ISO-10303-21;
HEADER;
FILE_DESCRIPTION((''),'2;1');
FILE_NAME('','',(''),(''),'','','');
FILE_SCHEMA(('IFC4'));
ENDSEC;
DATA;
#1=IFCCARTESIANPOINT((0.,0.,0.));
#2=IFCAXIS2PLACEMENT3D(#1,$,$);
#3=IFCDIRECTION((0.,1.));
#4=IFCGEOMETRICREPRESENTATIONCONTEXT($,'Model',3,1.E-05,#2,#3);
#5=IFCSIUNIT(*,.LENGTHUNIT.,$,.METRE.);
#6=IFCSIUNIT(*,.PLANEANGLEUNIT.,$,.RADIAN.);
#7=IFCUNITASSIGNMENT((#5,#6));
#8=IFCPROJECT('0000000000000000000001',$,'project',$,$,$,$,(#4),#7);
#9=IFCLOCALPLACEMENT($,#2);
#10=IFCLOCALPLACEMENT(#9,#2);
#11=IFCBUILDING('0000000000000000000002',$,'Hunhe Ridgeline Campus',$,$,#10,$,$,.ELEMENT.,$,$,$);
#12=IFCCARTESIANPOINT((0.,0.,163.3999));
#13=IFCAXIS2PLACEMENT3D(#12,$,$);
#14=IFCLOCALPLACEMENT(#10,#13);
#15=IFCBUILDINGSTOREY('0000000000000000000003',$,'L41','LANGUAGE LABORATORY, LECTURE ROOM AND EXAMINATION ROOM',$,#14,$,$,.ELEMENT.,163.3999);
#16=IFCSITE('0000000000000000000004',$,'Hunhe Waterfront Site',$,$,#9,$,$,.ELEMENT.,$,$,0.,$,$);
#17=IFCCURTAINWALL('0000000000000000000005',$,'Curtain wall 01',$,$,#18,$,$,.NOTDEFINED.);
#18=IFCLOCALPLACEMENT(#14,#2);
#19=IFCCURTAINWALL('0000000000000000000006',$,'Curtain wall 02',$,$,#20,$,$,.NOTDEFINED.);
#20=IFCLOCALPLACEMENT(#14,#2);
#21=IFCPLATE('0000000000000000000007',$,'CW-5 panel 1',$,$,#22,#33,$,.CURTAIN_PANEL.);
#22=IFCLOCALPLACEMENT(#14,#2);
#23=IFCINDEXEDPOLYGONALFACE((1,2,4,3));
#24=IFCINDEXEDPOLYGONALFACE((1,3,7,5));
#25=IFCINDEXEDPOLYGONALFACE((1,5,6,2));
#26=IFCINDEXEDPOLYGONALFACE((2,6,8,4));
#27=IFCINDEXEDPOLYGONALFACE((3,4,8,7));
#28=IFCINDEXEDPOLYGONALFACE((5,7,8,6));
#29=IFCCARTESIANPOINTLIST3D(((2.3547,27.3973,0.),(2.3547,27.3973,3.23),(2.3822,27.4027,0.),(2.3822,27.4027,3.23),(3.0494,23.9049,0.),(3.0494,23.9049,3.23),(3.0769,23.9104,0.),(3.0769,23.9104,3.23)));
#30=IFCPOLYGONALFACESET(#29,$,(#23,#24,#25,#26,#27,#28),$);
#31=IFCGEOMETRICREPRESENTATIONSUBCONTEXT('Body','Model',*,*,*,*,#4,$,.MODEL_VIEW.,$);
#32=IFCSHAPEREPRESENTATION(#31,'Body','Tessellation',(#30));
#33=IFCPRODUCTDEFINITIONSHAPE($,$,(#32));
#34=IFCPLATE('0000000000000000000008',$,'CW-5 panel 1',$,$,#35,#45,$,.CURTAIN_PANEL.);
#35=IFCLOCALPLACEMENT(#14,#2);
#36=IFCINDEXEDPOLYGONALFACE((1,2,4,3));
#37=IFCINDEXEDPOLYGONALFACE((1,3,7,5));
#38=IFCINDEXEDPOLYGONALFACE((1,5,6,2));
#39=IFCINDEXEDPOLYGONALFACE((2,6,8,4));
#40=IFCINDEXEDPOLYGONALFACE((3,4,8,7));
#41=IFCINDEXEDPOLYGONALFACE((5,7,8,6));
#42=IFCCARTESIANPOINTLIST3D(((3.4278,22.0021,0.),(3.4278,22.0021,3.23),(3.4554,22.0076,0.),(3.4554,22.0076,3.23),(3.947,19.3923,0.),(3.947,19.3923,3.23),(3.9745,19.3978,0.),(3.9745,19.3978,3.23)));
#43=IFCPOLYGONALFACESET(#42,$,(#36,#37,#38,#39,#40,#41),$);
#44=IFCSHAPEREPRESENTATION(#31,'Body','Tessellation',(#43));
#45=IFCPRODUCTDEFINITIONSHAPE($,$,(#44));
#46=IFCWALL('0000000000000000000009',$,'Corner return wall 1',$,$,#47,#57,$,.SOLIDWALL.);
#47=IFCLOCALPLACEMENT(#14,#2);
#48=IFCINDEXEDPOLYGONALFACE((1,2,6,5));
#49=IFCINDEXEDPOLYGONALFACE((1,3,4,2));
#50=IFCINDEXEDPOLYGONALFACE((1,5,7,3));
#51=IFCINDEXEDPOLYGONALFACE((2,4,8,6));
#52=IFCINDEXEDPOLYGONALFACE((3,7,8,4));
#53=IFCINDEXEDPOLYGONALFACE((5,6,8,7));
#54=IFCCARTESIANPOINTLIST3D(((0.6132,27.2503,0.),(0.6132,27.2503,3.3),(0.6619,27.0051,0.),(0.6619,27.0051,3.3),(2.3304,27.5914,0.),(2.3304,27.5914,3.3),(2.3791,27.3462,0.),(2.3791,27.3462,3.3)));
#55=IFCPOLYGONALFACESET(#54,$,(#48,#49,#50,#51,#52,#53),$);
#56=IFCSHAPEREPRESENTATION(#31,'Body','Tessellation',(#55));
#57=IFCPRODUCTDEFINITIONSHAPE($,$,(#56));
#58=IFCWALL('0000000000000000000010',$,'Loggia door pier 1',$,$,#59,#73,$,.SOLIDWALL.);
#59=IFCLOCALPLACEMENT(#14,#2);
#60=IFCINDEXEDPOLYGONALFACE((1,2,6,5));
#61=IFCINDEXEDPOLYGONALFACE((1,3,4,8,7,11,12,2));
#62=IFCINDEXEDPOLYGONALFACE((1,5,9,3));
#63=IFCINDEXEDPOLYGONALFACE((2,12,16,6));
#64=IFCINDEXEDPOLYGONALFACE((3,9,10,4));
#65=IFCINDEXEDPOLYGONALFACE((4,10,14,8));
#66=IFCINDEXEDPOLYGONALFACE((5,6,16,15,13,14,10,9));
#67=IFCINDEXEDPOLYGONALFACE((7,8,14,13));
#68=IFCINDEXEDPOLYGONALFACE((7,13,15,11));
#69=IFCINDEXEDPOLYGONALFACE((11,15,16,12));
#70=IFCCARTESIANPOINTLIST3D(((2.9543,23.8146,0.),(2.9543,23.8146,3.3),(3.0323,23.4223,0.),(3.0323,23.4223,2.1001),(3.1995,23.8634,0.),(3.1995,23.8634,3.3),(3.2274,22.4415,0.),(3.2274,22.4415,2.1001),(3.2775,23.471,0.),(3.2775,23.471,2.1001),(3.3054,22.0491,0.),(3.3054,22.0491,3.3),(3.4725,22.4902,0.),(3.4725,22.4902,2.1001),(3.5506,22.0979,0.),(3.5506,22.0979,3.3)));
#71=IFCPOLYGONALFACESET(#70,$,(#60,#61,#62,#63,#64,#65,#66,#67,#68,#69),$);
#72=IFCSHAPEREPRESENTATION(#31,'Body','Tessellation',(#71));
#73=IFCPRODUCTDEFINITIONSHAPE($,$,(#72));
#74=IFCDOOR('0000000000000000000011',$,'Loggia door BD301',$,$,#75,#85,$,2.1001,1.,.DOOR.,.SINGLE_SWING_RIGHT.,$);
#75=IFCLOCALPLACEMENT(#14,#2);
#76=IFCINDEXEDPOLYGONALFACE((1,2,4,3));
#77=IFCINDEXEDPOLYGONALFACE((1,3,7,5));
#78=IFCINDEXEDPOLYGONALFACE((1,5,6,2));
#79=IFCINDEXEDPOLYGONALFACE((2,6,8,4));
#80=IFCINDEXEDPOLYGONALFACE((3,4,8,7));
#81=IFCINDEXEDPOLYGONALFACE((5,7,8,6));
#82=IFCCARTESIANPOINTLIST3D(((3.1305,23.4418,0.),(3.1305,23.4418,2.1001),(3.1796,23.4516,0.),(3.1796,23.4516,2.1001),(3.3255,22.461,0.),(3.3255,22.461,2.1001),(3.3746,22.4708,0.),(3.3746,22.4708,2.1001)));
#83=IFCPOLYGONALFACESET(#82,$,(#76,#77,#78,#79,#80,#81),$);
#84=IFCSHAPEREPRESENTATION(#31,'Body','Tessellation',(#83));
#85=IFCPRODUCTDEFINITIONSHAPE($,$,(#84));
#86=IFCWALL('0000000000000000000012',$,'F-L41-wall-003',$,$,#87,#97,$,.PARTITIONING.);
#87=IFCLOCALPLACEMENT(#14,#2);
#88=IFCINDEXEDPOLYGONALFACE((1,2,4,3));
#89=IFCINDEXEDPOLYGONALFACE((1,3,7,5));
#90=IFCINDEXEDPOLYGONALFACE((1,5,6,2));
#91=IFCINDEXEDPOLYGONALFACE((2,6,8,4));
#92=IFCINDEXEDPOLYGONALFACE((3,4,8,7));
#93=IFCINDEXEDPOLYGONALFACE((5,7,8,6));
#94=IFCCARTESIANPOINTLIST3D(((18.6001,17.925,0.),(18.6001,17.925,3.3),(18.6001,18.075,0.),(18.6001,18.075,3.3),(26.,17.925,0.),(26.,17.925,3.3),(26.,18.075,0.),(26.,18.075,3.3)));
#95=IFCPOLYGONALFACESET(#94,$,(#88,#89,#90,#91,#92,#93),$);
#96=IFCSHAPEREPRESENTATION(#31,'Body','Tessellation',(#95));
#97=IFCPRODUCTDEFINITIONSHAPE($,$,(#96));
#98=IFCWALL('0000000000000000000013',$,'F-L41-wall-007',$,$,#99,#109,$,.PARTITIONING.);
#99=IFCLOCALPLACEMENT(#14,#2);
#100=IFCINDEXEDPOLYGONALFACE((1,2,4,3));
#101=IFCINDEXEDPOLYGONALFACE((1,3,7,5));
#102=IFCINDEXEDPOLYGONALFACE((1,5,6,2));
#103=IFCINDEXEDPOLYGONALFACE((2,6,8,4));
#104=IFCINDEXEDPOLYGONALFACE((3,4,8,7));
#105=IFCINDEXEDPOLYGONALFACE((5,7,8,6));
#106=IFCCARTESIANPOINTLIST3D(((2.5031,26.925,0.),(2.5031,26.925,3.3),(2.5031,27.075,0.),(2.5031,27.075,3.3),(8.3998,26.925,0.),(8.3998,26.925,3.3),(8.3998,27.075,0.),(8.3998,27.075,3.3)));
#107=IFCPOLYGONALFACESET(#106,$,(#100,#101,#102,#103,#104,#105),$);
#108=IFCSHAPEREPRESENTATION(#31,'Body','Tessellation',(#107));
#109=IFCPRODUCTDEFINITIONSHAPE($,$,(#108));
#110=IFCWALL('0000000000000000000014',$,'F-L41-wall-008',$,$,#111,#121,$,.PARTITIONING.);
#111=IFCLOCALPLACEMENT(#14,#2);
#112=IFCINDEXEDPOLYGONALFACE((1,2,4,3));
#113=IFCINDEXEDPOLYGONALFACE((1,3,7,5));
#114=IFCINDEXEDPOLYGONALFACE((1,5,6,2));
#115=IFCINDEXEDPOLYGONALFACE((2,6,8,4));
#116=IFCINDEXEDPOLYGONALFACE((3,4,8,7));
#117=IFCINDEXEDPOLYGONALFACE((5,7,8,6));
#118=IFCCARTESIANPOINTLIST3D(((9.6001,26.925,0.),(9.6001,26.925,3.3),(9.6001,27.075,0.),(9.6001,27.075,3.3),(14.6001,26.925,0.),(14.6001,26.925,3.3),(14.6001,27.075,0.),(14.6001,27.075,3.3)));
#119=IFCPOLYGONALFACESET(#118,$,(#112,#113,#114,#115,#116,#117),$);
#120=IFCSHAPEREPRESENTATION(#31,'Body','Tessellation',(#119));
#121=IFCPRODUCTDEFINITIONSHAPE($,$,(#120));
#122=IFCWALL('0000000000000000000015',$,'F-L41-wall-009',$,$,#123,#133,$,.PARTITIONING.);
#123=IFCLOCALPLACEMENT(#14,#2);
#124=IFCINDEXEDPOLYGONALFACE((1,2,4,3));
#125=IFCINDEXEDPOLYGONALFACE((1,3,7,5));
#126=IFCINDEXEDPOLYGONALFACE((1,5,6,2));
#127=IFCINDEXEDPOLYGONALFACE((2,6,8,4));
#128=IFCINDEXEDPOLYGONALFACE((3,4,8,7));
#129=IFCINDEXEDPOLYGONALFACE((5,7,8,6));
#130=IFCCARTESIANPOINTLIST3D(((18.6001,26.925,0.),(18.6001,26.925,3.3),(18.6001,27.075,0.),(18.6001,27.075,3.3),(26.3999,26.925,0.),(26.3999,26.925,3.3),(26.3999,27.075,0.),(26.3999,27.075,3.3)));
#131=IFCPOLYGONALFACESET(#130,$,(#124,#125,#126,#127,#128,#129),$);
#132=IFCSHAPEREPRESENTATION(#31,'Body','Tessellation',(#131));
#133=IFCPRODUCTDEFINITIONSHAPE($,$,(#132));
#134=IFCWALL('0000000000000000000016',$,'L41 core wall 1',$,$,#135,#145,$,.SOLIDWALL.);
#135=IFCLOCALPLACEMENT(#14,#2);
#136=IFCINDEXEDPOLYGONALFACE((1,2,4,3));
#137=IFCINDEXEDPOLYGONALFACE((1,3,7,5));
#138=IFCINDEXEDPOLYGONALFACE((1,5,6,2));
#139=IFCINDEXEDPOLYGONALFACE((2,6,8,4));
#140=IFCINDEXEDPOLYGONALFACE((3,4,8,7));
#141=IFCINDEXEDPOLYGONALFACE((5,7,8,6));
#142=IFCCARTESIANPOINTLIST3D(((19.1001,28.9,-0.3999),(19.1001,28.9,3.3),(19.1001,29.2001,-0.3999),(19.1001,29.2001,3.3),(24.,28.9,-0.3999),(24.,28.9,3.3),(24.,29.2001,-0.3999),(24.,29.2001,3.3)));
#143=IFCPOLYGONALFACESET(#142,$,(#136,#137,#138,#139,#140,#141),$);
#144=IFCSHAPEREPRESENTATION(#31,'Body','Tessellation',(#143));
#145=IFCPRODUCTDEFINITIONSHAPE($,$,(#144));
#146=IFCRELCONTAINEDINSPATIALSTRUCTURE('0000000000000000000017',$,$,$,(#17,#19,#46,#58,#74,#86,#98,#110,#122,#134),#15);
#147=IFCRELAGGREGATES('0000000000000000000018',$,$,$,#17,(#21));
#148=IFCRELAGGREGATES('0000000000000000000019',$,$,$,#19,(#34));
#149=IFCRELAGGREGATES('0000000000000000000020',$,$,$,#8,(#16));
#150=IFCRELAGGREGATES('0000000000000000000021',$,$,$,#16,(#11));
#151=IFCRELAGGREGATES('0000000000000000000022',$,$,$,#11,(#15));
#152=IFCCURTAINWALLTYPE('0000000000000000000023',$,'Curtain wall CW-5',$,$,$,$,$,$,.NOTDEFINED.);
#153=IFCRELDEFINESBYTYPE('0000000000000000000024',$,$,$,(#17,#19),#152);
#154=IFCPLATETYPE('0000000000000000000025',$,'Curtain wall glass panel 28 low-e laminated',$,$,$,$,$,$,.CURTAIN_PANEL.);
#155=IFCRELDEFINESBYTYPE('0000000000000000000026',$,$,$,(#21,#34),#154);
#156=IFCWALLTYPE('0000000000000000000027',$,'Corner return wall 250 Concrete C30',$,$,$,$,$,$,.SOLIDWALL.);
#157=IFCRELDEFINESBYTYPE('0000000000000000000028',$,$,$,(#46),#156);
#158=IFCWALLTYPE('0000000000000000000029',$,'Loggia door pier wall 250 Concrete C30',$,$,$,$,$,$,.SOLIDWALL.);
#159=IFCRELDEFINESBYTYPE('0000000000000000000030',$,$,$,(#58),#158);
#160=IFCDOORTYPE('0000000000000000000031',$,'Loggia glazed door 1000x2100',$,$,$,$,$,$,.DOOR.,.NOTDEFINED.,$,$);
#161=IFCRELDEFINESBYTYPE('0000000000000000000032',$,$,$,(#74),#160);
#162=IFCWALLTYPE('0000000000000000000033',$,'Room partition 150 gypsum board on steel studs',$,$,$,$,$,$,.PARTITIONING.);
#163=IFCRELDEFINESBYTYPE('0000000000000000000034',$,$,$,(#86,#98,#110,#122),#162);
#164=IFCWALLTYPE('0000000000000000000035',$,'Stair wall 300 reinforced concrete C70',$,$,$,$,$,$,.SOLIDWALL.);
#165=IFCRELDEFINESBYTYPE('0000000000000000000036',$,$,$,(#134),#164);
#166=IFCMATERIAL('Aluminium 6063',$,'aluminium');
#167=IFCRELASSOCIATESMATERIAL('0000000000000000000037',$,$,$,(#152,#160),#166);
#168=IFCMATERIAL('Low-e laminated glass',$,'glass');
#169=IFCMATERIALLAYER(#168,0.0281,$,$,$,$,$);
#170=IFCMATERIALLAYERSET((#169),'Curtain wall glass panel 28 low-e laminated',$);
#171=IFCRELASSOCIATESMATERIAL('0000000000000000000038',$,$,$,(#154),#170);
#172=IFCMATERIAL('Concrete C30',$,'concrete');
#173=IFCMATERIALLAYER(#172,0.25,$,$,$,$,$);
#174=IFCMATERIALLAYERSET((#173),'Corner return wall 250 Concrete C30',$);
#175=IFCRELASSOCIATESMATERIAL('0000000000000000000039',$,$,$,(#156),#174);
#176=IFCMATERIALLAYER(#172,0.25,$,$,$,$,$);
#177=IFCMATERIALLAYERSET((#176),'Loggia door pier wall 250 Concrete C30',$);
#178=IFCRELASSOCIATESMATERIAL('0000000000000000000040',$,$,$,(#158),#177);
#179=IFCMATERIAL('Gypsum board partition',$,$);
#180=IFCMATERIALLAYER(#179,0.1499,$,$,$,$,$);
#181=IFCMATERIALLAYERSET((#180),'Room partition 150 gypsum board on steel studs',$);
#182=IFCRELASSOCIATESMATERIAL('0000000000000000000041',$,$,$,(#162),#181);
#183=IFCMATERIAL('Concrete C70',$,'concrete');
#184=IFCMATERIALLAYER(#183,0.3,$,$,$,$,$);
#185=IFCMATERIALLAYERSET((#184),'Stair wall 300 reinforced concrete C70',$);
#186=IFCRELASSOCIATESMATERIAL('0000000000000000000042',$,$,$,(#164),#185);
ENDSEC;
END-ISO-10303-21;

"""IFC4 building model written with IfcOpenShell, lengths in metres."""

from ifc_helpers import new_model, si_unit, direction, frame, frame_2d, origin, origin_2d, place, context, subcontext, project, spatial, rectangle, extrude, material, layer, layer_set, type_object, element, fill, aggregate, save


model = new_model("IFC4")

# Units and contexts
model_context = context("Model", 3, precision=1e-05, world=origin(), true_north=direction((0.0, 1.0)))
body_context = subcontext(model_context, "Body", "Model", "MODEL_VIEW")
ifc_project = project(units=[si_unit("LENGTHUNIT", "METRE"), si_unit("PLANEANGLEUNIT", "RADIAN")], contexts=[model_context])

# Site, building, storey
site_placement = place(None, origin())
site = spatial("IfcSite", under=ifc_project, at=site_placement, Name="Hunhe Waterfront Site", CompositionType="ELEMENT", RefElevation=0.0)
building_placement = place(site_placement, origin())
building = spatial("IfcBuilding", under=site, at=building_placement, Name="Hunhe Ridgeline Campus", CompositionType="ELEMENT")
storey_placement = place(building_placement, frame((0.0, 0.0, 163.3999)))
storey = spatial("IfcBuildingStorey", under=building, at=storey_placement, Name="L41", Description="LANGUAGE LABORATORY, LECTURE ROOM AND EXAMINATION ROOM", CompositionType="ELEMENT", Elevation=163.3999)

# Shared definitions
ifc_material_1 = material(Name="Concrete C70", Category="concrete")

# Curtain walls
ifc_material_2 = material(Name="Aluminium 6063", Category="aluminium")
curtain_wall_type = type_object("IfcCurtainWallType", Name="Curtain wall CW-5", PredefinedType="NOTDEFINED", material=ifc_material_2)
curtain_wall_1_placement = place(storey_placement, origin())
curtain_wall_1 = element("IfcCurtainWall", 1, at=curtain_wall_1_placement, inside=storey, type_object=curtain_wall_type, Name="Curtain wall 01", PredefinedType="NOTDEFINED")
curtain_wall_2_placement = place(storey_placement, origin())
curtain_wall_2 = element("IfcCurtainWall", 2, at=curtain_wall_2_placement, inside=storey, type_object=curtain_wall_type, Name="Curtain wall 02", PredefinedType="NOTDEFINED")

# Plates
ifc_material_3 = material(Name="Low-e laminated glass", Category="glass")
ifc_layer_1 = layer(ifc_material_3, 0.0281)
ifc_layer_set_1 = layer_set([ifc_layer_1], Name="Curtain wall glass panel 28 low-e laminated")
plate_type = type_object("IfcPlateType", Name="Curtain wall glass panel 28 low-e laminated", PredefinedType="CURTAIN_PANEL", material=ifc_layer_set_1)
plate_1_placement = place(storey_placement, frame((2.7158, 25.6538, 0.0), z_axis=(0.0, 0.0, 1.0), x_axis=(0.195095, -0.980784, 0.0)))
plate_1 = element("IfcPlate", 3, at=plate_1_placement, type_object=plate_type, Name="CW-5 panel 1", PredefinedType="CURTAIN_PANEL", context=body_context, shape_type="SweptSolid", body=[
    extrude(rectangle(XDim=3.5608, YDim=0.0281, at=origin_2d()), origin(), (0.0, 0.0, 1.0), 3.23),
])
aggregate(curtain_wall_1, [plate_1])
plate_2_placement = place(storey_placement, frame((3.7012, 20.7, 0.0), z_axis=(0.0, 0.0, 1.0), x_axis=(0.195095, -0.980784, 0.0)))
plate_2 = element("IfcPlate", 4, at=plate_2_placement, type_object=plate_type, Name="CW-5 panel 1", PredefinedType="CURTAIN_PANEL", context=body_context, shape_type="SweptSolid", body=[
    extrude(rectangle(XDim=2.6609, YDim=0.0281, at=origin_2d()), origin(), (0.0, 0.0, 1.0), 3.23),
])
aggregate(curtain_wall_2, [plate_2])

# Wall
ifc_material_4 = material(Name="Concrete C30", Category="concrete")
ifc_layer_2 = layer(ifc_material_4, 0.25)
ifc_layer_set_2 = layer_set([ifc_layer_2], Name="Corner return wall 250 Concrete C30")
wall_type_1 = type_object("IfcWallType", Name="Corner return wall 250 Concrete C30", PredefinedType="SOLIDWALL", material=ifc_layer_set_2)
wall_1_placement = place(storey_placement, frame((0.6375, 27.1277, 0.0), z_axis=(0.0, 0.0, 1.0), x_axis=(0.980843, 0.194802, 0.0)))
element("IfcWall", 5, at=wall_1_placement, inside=storey, type_object=wall_type_1, Name="Corner return wall 1", PredefinedType="SOLIDWALL", context=body_context, shape_type="SweptSolid", body=[
    extrude(rectangle(XDim=1.7507, YDim=0.25, at=frame_2d((0.8755, 0.0))), origin(), (0.0, 0.0, 1.0), 3.3),
])

# Wall, opening, door
ifc_layer_3 = layer(ifc_material_4, 0.25)
ifc_layer_set_3 = layer_set([ifc_layer_3], Name="Loggia door pier wall 250 Concrete C30")
wall_type_2 = type_object("IfcWallType", Name="Loggia door pier wall 250 Concrete C30", PredefinedType="SOLIDWALL", material=ifc_layer_set_3)
wall_2_placement = place(storey_placement, frame((3.0769, 23.8389, 0.0), z_axis=(0.0, 0.0, 1.0), x_axis=(0.195047, -0.980794, 0.0)))
wall_2 = element("IfcWall", 6, at=wall_2_placement, inside=storey, type_object=wall_type_2, Name="Loggia door pier 1", PredefinedType="SOLIDWALL", context=body_context, shape_type="SweptSolid", body=[
    extrude(rectangle(XDim=1.8, YDim=0.25, at=frame_2d((0.8999, 0.0))), origin(), (0.0, 0.0, 1.0), 3.3),
])
opening_placement = place(wall_2_placement, frame((0.3999, 0.0, 0.0)))
opening = element("IfcOpeningElement", 7, at=opening_placement, cuts=wall_2, PredefinedType="OPENING", context=body_context, shape_type="SweptSolid", body=[
    extrude(rectangle(XDim=1.0, YDim=2.1001, at=frame_2d((0.5, 1.05))), frame((0.0, 0.125, 0.0), z_axis=(0.0, -1.0, 0.0), x_axis=(1.0, 0.0, 0.0)), (0.0, 0.0, 1.0), 0.25),
])
door_type = type_object("IfcDoorType", Name="Loggia glazed door 1000x2100", OperationType="NOTDEFINED", PredefinedType="DOOR", material=ifc_material_2)
door_placement = place(opening_placement, frame((1.0, 0.0, 0.0), z_axis=(0.0, 0.0, 1.0), x_axis=(-1.0, 0.0, 0.0)))
door = element("IfcDoor", 8, at=door_placement, inside=storey, type_object=door_type, Name="Loggia door BD301", OperationType="SINGLE_SWING_RIGHT", OverallHeight=2.1001, OverallWidth=1.0, PredefinedType="DOOR", context=body_context, shape_type="SweptSolid", body=[
    extrude(rectangle(XDim=1.0, YDim=2.1001, at=frame_2d((0.5, 1.05))), frame((0.0, 0.0249, 0.0), z_axis=(0.0, -1.0, 0.0), x_axis=(1.0, 0.0, 0.0)), (0.0, 0.0, 1.0), 0.05),
])
fill(opening, door)

# Walls
ifc_material_5 = material(Name="Gypsum board partition")
ifc_layer_4 = layer(ifc_material_5, 0.1499)
ifc_layer_set_4 = layer_set([ifc_layer_4], Name="Room partition 150 gypsum board on steel studs")
wall_type_3 = type_object("IfcWallType", Name="Room partition 150 gypsum board on steel studs", PredefinedType="PARTITIONING", material=ifc_layer_set_4)
wall_3_placement = place(storey_placement, frame((18.6001, 18.0, 0.0), z_axis=(0.0, 0.0, 1.0), x_axis=(1.0, 0.0, 0.0)))
element("IfcWall", 9, at=wall_3_placement, inside=storey, type_object=wall_type_3, Name="F-L41-wall-003", PredefinedType="PARTITIONING", context=body_context, shape_type="SweptSolid", body=[
    extrude(rectangle(XDim=7.3999, YDim=0.1499, at=frame_2d((3.7, 0.0))), origin(), (0.0, 0.0, 1.0), 3.3),
])
wall_4_placement = place(storey_placement, frame((2.5032, 27.0, 0.0), z_axis=(0.0, 0.0, 1.0), x_axis=(1.0, 0.0, 0.0)))
element("IfcWall", 10, at=wall_4_placement, inside=storey, type_object=wall_type_3, Name="F-L41-wall-007", PredefinedType="PARTITIONING", context=body_context, shape_type="SweptSolid", body=[
    extrude(rectangle(XDim=5.8967, YDim=0.1499, at=frame_2d((2.9482, 0.0))), origin(), (0.0, 0.0, 1.0), 3.3),
])
wall_5_placement = place(storey_placement, frame((9.6001, 27.0, 0.0), z_axis=(0.0, 0.0, 1.0), x_axis=(1.0, 0.0, 0.0)))
element("IfcWall", 11, at=wall_5_placement, inside=storey, type_object=wall_type_3, Name="F-L41-wall-008", PredefinedType="PARTITIONING", context=body_context, shape_type="SweptSolid", body=[
    extrude(rectangle(XDim=5.0, YDim=0.1499, at=frame_2d((2.5, 0.0))), origin(), (0.0, 0.0, 1.0), 3.3),
])
wall_6_placement = place(storey_placement, frame((18.6001, 27.0, 0.0), z_axis=(0.0, 0.0, 1.0), x_axis=(1.0, 0.0, 0.0)))
element("IfcWall", 12, at=wall_6_placement, inside=storey, type_object=wall_type_3, Name="F-L41-wall-009", PredefinedType="PARTITIONING", context=body_context, shape_type="SweptSolid", body=[
    extrude(rectangle(XDim=7.7998, YDim=0.1499, at=frame_2d((3.8999, 0.0))), origin(), (0.0, 0.0, 1.0), 3.3),
])
ifc_layer_5 = layer(ifc_material_1, 0.3)
ifc_layer_set_5 = layer_set([ifc_layer_5], Name="Stair wall 300 reinforced concrete C70")
wall_type_4 = type_object("IfcWallType", Name="Stair wall 300 reinforced concrete C70", PredefinedType="SOLIDWALL", material=ifc_layer_set_5)
wall_7_placement = place(storey_placement, frame((19.1001, 29.05, -0.3999), z_axis=(0.0, 0.0, 1.0), x_axis=(1.0, 0.0, 0.0)))
element("IfcWall", 13, at=wall_7_placement, inside=storey, type_object=wall_type_4, Name="L41 core wall 1", PredefinedType="SOLIDWALL", context=body_context, shape_type="SweptSolid", body=[
    extrude(rectangle(XDim=4.8999, YDim=0.3, at=frame_2d((2.45, 0.0))), origin(), (0.0, 0.0, 1.0), 3.7),
])

save(model, "model.ifc")
